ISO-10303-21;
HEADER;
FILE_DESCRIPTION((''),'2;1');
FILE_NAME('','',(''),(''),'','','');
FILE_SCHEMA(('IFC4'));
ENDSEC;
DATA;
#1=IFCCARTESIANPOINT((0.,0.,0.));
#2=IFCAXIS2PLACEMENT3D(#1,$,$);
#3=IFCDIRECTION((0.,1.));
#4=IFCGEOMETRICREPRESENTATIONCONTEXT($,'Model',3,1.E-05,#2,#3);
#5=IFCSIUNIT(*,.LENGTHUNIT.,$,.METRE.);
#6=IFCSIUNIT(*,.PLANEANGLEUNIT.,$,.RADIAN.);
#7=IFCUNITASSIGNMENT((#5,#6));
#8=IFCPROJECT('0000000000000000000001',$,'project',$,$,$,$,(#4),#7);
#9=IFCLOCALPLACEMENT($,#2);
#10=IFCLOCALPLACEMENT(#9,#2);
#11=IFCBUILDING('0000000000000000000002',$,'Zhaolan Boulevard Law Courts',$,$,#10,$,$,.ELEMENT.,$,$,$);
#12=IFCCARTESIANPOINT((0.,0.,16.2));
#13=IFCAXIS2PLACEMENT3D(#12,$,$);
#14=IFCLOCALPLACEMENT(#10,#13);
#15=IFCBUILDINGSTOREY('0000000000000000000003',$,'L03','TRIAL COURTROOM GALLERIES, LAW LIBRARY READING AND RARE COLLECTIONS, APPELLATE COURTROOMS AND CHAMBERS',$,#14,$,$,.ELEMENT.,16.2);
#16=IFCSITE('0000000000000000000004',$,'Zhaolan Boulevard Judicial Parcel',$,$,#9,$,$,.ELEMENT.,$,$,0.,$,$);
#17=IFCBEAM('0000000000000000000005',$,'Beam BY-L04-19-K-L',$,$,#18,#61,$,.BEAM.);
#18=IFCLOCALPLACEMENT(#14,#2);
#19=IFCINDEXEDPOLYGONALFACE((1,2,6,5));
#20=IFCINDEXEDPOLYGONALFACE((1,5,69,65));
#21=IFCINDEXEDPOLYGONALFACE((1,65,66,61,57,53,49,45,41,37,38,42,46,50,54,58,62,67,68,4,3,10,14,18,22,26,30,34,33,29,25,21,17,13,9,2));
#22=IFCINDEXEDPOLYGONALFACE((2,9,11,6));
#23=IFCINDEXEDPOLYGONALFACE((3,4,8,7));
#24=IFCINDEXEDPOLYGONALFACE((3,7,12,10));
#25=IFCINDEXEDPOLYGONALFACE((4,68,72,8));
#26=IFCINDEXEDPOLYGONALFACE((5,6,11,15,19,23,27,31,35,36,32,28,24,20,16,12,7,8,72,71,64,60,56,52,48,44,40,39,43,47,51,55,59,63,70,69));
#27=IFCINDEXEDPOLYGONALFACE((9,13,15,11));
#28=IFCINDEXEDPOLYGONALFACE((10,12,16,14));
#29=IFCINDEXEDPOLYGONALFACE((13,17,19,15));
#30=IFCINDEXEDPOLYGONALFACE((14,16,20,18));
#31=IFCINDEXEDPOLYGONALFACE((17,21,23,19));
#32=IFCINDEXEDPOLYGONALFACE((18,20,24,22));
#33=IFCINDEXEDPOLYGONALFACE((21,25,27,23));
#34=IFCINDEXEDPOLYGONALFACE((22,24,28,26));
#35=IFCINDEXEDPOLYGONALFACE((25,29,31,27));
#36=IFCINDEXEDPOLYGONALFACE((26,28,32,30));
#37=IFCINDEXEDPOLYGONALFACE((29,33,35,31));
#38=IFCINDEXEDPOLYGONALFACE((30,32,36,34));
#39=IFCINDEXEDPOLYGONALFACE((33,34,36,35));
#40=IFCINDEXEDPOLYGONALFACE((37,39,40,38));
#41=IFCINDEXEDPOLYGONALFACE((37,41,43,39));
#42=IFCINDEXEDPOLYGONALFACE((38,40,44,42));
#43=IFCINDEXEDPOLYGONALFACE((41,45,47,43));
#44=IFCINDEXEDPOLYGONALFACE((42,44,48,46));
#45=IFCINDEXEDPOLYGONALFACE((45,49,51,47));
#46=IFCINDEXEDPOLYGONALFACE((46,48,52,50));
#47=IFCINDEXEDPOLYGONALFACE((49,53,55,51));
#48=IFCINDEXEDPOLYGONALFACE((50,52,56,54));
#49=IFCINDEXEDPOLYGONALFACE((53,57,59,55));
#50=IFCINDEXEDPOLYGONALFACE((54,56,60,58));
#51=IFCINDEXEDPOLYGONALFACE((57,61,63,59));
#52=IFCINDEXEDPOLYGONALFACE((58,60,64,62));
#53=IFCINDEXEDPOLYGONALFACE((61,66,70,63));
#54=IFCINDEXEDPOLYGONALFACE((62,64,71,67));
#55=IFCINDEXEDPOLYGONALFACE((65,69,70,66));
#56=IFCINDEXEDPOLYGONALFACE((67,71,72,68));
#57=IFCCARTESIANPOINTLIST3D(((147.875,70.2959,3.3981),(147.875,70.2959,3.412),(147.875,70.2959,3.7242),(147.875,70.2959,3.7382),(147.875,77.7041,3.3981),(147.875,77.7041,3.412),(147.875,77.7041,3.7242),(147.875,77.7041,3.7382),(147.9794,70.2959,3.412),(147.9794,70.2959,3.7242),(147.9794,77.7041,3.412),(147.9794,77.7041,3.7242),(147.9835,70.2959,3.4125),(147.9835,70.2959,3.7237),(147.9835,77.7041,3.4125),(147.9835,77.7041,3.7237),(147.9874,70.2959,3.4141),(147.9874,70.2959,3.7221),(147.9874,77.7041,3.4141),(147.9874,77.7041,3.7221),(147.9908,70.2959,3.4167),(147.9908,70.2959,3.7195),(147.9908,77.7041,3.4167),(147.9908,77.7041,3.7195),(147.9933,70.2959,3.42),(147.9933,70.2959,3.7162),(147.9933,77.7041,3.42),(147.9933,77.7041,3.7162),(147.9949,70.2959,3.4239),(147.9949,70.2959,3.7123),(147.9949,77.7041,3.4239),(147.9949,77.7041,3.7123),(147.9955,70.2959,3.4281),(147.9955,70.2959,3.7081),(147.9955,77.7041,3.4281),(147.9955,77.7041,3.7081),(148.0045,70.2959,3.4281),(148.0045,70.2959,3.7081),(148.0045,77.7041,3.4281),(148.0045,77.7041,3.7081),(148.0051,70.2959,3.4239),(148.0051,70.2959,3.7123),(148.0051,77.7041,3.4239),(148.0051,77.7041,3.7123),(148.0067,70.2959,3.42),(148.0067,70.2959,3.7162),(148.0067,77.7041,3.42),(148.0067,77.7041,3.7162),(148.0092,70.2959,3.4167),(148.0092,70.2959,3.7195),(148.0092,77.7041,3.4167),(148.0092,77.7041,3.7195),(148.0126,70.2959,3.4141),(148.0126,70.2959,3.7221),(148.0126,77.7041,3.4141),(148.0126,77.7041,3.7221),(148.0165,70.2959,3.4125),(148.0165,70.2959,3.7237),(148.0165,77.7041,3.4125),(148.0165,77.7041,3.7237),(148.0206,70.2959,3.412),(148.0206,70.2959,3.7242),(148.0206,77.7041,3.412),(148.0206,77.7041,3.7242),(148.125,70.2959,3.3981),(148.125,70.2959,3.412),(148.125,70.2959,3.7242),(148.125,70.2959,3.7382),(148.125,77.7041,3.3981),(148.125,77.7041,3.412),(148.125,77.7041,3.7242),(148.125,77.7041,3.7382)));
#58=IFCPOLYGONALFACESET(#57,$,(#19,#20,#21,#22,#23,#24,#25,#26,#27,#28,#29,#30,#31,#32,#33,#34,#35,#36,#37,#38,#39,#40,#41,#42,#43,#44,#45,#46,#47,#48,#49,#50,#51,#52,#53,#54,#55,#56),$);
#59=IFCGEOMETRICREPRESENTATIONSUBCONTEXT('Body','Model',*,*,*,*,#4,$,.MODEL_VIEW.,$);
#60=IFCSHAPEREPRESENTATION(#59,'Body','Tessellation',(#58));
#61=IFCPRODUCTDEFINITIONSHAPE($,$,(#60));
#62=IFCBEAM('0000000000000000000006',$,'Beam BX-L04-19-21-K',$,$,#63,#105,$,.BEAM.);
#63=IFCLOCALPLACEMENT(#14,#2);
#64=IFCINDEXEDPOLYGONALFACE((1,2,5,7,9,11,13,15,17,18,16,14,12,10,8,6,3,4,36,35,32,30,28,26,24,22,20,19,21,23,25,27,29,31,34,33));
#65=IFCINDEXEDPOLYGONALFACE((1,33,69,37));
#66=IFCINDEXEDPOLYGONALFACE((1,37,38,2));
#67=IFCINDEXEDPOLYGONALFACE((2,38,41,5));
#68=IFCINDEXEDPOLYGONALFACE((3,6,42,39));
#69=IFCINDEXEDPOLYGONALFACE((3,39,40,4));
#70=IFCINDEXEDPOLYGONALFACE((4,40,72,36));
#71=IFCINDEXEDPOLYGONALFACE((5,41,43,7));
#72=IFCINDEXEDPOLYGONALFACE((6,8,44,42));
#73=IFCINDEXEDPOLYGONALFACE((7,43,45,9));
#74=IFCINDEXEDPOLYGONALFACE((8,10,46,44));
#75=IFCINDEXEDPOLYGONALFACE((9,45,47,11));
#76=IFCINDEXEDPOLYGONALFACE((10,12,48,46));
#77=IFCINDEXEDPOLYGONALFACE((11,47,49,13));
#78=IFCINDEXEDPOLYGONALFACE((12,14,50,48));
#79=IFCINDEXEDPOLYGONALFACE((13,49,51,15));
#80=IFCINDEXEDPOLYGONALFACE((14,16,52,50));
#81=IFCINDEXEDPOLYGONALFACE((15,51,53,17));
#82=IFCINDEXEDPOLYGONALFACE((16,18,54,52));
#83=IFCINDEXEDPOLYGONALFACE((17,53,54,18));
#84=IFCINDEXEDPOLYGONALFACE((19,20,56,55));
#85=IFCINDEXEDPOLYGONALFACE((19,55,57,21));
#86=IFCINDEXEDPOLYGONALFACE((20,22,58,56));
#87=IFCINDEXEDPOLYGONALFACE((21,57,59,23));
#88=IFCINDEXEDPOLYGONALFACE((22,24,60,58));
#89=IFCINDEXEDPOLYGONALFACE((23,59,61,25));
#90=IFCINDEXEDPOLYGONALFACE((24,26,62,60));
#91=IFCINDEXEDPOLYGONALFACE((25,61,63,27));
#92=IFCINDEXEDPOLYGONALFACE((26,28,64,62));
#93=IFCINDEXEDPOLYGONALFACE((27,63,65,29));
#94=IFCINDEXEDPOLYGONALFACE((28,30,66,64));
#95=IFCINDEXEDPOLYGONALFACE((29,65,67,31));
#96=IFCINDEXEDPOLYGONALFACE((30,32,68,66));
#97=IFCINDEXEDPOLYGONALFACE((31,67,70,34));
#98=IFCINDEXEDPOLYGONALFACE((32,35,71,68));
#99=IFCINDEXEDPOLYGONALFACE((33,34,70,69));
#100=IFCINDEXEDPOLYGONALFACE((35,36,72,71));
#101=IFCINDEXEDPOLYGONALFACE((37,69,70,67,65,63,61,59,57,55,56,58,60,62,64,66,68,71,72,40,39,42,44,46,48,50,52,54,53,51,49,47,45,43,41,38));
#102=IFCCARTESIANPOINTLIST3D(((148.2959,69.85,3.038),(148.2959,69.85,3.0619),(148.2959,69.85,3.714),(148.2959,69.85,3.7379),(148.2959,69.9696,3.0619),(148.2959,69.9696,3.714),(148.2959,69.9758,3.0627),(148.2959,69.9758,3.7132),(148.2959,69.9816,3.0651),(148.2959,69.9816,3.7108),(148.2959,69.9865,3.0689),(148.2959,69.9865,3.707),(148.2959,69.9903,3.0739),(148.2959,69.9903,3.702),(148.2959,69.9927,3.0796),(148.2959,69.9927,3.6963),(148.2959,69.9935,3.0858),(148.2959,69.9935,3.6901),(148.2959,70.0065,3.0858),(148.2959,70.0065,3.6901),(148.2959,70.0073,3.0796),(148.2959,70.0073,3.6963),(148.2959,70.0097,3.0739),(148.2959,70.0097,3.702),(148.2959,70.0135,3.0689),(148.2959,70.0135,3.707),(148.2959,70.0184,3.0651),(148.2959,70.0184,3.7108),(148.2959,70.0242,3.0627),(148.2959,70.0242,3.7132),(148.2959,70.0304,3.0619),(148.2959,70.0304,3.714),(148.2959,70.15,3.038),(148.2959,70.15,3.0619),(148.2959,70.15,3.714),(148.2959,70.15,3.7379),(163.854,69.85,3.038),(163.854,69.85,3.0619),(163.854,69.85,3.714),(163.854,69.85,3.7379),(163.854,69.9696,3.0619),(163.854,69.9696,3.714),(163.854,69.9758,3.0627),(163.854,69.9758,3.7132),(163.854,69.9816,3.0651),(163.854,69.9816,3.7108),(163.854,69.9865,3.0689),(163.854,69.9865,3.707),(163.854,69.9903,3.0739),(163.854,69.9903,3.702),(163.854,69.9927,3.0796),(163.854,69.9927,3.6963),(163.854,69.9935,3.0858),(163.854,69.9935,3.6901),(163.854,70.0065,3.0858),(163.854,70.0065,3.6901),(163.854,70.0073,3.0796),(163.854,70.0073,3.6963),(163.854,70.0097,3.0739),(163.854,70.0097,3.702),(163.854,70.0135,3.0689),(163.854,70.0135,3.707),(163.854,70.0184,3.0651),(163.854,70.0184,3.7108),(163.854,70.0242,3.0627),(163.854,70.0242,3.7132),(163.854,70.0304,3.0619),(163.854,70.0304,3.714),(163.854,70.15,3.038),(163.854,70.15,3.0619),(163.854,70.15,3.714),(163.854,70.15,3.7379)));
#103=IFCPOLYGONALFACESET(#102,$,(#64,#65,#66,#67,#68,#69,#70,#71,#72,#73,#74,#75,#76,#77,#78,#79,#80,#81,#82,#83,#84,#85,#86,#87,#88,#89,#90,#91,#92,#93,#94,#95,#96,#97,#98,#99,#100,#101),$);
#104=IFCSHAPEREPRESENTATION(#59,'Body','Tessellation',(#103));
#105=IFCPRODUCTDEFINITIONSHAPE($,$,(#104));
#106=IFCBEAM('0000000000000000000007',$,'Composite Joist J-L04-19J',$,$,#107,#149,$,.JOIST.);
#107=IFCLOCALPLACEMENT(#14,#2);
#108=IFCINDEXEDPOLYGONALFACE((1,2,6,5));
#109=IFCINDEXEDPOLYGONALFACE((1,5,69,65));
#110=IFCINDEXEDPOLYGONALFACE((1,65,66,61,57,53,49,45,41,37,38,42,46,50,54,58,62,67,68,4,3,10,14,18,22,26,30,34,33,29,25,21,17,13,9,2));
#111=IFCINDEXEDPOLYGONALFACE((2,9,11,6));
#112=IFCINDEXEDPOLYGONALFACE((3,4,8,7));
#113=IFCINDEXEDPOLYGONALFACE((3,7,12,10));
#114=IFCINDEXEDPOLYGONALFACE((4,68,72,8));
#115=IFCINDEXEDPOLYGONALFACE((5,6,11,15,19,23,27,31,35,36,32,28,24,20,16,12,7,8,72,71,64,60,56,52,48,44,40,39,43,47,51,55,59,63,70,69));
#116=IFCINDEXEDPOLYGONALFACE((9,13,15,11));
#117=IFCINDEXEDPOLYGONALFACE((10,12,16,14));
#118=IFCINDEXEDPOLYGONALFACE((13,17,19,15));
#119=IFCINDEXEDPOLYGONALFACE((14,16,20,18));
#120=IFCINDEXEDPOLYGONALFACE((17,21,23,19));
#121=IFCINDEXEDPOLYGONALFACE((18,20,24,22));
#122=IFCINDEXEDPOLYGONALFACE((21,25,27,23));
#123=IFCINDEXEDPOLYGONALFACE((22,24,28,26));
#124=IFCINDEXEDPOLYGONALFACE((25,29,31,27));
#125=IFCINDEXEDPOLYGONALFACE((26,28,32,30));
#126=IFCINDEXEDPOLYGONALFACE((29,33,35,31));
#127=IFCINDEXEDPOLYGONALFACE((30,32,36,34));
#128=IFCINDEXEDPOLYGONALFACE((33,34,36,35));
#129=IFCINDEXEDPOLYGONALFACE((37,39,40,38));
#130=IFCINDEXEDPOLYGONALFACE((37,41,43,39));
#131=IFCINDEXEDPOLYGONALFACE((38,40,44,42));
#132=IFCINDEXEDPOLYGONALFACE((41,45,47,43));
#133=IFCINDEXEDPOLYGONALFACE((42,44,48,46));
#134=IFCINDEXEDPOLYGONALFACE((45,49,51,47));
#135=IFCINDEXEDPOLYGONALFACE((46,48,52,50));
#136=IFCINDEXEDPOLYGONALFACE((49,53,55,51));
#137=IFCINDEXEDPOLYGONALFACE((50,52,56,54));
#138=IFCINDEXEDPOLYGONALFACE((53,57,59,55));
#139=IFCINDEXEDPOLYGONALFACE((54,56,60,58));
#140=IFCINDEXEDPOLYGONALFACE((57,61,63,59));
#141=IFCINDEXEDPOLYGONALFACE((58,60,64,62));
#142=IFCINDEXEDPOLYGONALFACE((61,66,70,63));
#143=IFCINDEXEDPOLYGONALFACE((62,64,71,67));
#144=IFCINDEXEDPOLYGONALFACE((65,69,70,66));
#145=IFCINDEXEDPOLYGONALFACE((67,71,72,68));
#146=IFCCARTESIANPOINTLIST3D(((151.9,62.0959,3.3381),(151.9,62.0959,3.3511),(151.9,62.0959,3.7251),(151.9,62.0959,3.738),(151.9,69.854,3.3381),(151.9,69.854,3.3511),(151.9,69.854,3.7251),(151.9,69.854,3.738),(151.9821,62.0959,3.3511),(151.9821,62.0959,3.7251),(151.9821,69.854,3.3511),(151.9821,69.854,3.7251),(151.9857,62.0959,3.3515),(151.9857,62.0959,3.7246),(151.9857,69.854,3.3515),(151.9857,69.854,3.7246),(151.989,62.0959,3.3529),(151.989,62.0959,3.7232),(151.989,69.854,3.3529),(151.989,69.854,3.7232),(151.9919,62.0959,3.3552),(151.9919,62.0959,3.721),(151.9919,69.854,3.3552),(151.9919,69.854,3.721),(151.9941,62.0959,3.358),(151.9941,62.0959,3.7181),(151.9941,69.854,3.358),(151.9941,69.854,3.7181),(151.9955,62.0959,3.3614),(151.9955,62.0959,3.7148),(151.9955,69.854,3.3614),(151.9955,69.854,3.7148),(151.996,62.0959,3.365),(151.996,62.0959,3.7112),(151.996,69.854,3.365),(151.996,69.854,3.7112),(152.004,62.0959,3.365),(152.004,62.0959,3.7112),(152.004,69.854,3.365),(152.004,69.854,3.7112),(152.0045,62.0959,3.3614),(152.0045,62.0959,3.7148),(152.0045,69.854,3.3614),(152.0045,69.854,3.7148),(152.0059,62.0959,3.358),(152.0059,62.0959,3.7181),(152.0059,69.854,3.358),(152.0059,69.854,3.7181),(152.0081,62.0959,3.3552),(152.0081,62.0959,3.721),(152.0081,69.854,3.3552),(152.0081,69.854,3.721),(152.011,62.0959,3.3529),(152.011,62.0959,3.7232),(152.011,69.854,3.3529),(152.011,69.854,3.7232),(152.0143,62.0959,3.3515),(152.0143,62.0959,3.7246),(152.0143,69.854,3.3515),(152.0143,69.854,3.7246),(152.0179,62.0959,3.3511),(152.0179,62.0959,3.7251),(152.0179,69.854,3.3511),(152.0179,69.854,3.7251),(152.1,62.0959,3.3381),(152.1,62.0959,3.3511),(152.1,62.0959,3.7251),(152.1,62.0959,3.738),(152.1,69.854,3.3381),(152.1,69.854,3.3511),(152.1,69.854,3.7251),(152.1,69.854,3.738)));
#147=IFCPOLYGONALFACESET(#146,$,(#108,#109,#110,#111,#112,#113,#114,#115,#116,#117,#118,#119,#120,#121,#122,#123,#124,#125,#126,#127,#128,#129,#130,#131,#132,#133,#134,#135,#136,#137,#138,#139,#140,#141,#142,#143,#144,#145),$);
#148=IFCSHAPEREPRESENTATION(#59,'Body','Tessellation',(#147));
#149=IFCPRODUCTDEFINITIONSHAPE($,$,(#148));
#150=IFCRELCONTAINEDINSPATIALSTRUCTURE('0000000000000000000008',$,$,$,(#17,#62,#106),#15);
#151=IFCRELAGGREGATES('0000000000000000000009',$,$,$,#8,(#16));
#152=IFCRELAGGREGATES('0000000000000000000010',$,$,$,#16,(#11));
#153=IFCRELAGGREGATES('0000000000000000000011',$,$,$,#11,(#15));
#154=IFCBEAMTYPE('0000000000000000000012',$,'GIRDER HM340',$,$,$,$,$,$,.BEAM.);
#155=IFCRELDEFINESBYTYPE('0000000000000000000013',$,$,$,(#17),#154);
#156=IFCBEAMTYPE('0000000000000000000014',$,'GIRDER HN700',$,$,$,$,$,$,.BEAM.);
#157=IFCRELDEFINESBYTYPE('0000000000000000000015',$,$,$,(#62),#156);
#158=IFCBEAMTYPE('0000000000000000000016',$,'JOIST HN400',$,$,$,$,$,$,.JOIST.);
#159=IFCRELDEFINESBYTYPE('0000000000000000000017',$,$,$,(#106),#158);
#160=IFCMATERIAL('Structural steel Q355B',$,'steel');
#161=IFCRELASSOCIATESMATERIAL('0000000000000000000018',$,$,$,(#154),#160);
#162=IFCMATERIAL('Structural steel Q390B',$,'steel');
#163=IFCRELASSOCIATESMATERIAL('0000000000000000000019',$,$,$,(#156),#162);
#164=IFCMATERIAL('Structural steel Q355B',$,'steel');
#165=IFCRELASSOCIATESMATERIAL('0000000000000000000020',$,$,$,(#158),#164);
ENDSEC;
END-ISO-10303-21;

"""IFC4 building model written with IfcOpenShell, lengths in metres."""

from ifc_helpers import new_model, si_unit, direction, frame, origin, origin_2d, place, context, subcontext, project, spatial, i_section, extrude, material, material_profile, profile_set, type_object, element, save


model = new_model("IFC4")

# Units and contexts
model_context = context("Model", 3, precision=1e-05, world=origin(), true_north=direction((0.0, 1.0)))
body_context = subcontext(model_context, "Body", "Model", "MODEL_VIEW")
ifc_project = project(units=[si_unit("LENGTHUNIT", "METRE"), si_unit("PLANEANGLEUNIT", "RADIAN")], contexts=[model_context])

# Site, building, storey
site_placement = place(None, origin())
site = spatial("IfcSite", under=ifc_project, at=site_placement, Name="Zhaolan Boulevard Judicial Parcel", CompositionType="ELEMENT", RefElevation=0.0)
building_placement = place(site_placement, origin())
building = spatial("IfcBuilding", under=site, at=building_placement, Name="Zhaolan Boulevard Law Courts", CompositionType="ELEMENT")
storey_placement = place(building_placement, frame((0.0, 0.0, 16.2)))
storey = spatial("IfcBuildingStorey", under=building, at=storey_placement, Name="L03", Description="TRIAL COURTROOM GALLERIES, LAW LIBRARY READING AND RARE COLLECTIONS, APPELLATE COURTROOMS AND CHAMBERS", CompositionType="ELEMENT", Elevation=16.2)

# Beams
ifc_material_1 = material(Name="Structural steel Q355B", Category="steel")
ifc_material_profile_1 = material_profile(ifc_material_1, i_section(OverallWidth=0.25, OverallDepth=0.3401, WebThickness=0.009, FlangeThickness=0.0139, FilletRadius=0.0161, at=origin_2d()), Name="HM340x250")
ifc_profile_set_1 = profile_set([ifc_material_profile_1], Name="Structural steel Q355B")
beam_type_1 = type_object("IfcBeamType", Name="GIRDER HM340", PredefinedType="BEAM", material=ifc_profile_set_1)
beam_1_placement = place(storey_placement, frame((148.0, 70.2959, 3.5681), z_axis=(0.0, 1.0, 0.0), x_axis=(-1.0, 0.0, 0.0)))
element("IfcBeam", 1, at=beam_1_placement, inside=storey, type_object=beam_type_1, Name="Beam BY-L04-19-K-L", PredefinedType="BEAM", context=body_context, shape_type="SweptSolid", body=[
    extrude(i_section(OverallWidth=0.25, OverallDepth=0.3401, WebThickness=0.009, FlangeThickness=0.0139, FilletRadius=0.0161, at=origin_2d()), origin(), (0.0, 0.0, 1.0), 7.4082),
])
ifc_material_2 = material(Name="Structural steel Q390B", Category="steel")
ifc_material_profile_2 = material_profile(ifc_material_2, i_section(OverallWidth=0.3, OverallDepth=0.7, WebThickness=0.0129, FlangeThickness=0.0239, FilletRadius=0.0239, at=origin_2d()), Name="HN700x300")
ifc_profile_set_2 = profile_set([ifc_material_profile_2], Name="Structural steel Q390B")
beam_type_2 = type_object("IfcBeamType", Name="GIRDER HN700", PredefinedType="BEAM", material=ifc_profile_set_2)
beam_2_placement = place(storey_placement, frame((148.2959, 70.0, 3.3879), z_axis=(1.0, 0.0, 0.0), x_axis=(0.0, 1.0, 0.0)))
element("IfcBeam", 2, at=beam_2_placement, inside=storey, type_object=beam_type_2, Name="Beam BX-L04-19-21-K", PredefinedType="BEAM", context=body_context, shape_type="SweptSolid", body=[
    extrude(i_section(OverallWidth=0.3, OverallDepth=0.7, WebThickness=0.0129, FlangeThickness=0.0239, FilletRadius=0.0239, at=origin_2d()), origin(), (0.0, 0.0, 1.0), 15.5581),
])
ifc_material_3 = material(Name="Structural steel Q355B", Category="steel")
ifc_material_profile_3 = material_profile(ifc_material_3, i_section(OverallWidth=0.2, OverallDepth=0.3999, WebThickness=0.0081, FlangeThickness=0.0129, FilletRadius=0.0139, at=origin_2d()), Name="HN400x200")
ifc_profile_set_3 = profile_set([ifc_material_profile_3], Name="Structural steel Q355B")
beam_type_3 = type_object("IfcBeamType", Name="JOIST HN400", PredefinedType="JOIST", material=ifc_profile_set_3)
beam_3_placement = place(storey_placement, frame((152.0, 62.0959, 3.5381), z_axis=(0.0, 1.0, 0.0), x_axis=(-1.0, 0.0, 0.0)))
element("IfcBeam", 3, at=beam_3_placement, inside=storey, type_object=beam_type_3, Name="Composite Joist J-L04-19J", PredefinedType="JOIST", context=body_context, shape_type="SweptSolid", body=[
    extrude(i_section(OverallWidth=0.2, OverallDepth=0.3999, WebThickness=0.0081, FlangeThickness=0.0129, FilletRadius=0.0139, at=origin_2d()), origin(), (0.0, 0.0, 1.0), 7.7581),
])

save(model, "model.ifc")
